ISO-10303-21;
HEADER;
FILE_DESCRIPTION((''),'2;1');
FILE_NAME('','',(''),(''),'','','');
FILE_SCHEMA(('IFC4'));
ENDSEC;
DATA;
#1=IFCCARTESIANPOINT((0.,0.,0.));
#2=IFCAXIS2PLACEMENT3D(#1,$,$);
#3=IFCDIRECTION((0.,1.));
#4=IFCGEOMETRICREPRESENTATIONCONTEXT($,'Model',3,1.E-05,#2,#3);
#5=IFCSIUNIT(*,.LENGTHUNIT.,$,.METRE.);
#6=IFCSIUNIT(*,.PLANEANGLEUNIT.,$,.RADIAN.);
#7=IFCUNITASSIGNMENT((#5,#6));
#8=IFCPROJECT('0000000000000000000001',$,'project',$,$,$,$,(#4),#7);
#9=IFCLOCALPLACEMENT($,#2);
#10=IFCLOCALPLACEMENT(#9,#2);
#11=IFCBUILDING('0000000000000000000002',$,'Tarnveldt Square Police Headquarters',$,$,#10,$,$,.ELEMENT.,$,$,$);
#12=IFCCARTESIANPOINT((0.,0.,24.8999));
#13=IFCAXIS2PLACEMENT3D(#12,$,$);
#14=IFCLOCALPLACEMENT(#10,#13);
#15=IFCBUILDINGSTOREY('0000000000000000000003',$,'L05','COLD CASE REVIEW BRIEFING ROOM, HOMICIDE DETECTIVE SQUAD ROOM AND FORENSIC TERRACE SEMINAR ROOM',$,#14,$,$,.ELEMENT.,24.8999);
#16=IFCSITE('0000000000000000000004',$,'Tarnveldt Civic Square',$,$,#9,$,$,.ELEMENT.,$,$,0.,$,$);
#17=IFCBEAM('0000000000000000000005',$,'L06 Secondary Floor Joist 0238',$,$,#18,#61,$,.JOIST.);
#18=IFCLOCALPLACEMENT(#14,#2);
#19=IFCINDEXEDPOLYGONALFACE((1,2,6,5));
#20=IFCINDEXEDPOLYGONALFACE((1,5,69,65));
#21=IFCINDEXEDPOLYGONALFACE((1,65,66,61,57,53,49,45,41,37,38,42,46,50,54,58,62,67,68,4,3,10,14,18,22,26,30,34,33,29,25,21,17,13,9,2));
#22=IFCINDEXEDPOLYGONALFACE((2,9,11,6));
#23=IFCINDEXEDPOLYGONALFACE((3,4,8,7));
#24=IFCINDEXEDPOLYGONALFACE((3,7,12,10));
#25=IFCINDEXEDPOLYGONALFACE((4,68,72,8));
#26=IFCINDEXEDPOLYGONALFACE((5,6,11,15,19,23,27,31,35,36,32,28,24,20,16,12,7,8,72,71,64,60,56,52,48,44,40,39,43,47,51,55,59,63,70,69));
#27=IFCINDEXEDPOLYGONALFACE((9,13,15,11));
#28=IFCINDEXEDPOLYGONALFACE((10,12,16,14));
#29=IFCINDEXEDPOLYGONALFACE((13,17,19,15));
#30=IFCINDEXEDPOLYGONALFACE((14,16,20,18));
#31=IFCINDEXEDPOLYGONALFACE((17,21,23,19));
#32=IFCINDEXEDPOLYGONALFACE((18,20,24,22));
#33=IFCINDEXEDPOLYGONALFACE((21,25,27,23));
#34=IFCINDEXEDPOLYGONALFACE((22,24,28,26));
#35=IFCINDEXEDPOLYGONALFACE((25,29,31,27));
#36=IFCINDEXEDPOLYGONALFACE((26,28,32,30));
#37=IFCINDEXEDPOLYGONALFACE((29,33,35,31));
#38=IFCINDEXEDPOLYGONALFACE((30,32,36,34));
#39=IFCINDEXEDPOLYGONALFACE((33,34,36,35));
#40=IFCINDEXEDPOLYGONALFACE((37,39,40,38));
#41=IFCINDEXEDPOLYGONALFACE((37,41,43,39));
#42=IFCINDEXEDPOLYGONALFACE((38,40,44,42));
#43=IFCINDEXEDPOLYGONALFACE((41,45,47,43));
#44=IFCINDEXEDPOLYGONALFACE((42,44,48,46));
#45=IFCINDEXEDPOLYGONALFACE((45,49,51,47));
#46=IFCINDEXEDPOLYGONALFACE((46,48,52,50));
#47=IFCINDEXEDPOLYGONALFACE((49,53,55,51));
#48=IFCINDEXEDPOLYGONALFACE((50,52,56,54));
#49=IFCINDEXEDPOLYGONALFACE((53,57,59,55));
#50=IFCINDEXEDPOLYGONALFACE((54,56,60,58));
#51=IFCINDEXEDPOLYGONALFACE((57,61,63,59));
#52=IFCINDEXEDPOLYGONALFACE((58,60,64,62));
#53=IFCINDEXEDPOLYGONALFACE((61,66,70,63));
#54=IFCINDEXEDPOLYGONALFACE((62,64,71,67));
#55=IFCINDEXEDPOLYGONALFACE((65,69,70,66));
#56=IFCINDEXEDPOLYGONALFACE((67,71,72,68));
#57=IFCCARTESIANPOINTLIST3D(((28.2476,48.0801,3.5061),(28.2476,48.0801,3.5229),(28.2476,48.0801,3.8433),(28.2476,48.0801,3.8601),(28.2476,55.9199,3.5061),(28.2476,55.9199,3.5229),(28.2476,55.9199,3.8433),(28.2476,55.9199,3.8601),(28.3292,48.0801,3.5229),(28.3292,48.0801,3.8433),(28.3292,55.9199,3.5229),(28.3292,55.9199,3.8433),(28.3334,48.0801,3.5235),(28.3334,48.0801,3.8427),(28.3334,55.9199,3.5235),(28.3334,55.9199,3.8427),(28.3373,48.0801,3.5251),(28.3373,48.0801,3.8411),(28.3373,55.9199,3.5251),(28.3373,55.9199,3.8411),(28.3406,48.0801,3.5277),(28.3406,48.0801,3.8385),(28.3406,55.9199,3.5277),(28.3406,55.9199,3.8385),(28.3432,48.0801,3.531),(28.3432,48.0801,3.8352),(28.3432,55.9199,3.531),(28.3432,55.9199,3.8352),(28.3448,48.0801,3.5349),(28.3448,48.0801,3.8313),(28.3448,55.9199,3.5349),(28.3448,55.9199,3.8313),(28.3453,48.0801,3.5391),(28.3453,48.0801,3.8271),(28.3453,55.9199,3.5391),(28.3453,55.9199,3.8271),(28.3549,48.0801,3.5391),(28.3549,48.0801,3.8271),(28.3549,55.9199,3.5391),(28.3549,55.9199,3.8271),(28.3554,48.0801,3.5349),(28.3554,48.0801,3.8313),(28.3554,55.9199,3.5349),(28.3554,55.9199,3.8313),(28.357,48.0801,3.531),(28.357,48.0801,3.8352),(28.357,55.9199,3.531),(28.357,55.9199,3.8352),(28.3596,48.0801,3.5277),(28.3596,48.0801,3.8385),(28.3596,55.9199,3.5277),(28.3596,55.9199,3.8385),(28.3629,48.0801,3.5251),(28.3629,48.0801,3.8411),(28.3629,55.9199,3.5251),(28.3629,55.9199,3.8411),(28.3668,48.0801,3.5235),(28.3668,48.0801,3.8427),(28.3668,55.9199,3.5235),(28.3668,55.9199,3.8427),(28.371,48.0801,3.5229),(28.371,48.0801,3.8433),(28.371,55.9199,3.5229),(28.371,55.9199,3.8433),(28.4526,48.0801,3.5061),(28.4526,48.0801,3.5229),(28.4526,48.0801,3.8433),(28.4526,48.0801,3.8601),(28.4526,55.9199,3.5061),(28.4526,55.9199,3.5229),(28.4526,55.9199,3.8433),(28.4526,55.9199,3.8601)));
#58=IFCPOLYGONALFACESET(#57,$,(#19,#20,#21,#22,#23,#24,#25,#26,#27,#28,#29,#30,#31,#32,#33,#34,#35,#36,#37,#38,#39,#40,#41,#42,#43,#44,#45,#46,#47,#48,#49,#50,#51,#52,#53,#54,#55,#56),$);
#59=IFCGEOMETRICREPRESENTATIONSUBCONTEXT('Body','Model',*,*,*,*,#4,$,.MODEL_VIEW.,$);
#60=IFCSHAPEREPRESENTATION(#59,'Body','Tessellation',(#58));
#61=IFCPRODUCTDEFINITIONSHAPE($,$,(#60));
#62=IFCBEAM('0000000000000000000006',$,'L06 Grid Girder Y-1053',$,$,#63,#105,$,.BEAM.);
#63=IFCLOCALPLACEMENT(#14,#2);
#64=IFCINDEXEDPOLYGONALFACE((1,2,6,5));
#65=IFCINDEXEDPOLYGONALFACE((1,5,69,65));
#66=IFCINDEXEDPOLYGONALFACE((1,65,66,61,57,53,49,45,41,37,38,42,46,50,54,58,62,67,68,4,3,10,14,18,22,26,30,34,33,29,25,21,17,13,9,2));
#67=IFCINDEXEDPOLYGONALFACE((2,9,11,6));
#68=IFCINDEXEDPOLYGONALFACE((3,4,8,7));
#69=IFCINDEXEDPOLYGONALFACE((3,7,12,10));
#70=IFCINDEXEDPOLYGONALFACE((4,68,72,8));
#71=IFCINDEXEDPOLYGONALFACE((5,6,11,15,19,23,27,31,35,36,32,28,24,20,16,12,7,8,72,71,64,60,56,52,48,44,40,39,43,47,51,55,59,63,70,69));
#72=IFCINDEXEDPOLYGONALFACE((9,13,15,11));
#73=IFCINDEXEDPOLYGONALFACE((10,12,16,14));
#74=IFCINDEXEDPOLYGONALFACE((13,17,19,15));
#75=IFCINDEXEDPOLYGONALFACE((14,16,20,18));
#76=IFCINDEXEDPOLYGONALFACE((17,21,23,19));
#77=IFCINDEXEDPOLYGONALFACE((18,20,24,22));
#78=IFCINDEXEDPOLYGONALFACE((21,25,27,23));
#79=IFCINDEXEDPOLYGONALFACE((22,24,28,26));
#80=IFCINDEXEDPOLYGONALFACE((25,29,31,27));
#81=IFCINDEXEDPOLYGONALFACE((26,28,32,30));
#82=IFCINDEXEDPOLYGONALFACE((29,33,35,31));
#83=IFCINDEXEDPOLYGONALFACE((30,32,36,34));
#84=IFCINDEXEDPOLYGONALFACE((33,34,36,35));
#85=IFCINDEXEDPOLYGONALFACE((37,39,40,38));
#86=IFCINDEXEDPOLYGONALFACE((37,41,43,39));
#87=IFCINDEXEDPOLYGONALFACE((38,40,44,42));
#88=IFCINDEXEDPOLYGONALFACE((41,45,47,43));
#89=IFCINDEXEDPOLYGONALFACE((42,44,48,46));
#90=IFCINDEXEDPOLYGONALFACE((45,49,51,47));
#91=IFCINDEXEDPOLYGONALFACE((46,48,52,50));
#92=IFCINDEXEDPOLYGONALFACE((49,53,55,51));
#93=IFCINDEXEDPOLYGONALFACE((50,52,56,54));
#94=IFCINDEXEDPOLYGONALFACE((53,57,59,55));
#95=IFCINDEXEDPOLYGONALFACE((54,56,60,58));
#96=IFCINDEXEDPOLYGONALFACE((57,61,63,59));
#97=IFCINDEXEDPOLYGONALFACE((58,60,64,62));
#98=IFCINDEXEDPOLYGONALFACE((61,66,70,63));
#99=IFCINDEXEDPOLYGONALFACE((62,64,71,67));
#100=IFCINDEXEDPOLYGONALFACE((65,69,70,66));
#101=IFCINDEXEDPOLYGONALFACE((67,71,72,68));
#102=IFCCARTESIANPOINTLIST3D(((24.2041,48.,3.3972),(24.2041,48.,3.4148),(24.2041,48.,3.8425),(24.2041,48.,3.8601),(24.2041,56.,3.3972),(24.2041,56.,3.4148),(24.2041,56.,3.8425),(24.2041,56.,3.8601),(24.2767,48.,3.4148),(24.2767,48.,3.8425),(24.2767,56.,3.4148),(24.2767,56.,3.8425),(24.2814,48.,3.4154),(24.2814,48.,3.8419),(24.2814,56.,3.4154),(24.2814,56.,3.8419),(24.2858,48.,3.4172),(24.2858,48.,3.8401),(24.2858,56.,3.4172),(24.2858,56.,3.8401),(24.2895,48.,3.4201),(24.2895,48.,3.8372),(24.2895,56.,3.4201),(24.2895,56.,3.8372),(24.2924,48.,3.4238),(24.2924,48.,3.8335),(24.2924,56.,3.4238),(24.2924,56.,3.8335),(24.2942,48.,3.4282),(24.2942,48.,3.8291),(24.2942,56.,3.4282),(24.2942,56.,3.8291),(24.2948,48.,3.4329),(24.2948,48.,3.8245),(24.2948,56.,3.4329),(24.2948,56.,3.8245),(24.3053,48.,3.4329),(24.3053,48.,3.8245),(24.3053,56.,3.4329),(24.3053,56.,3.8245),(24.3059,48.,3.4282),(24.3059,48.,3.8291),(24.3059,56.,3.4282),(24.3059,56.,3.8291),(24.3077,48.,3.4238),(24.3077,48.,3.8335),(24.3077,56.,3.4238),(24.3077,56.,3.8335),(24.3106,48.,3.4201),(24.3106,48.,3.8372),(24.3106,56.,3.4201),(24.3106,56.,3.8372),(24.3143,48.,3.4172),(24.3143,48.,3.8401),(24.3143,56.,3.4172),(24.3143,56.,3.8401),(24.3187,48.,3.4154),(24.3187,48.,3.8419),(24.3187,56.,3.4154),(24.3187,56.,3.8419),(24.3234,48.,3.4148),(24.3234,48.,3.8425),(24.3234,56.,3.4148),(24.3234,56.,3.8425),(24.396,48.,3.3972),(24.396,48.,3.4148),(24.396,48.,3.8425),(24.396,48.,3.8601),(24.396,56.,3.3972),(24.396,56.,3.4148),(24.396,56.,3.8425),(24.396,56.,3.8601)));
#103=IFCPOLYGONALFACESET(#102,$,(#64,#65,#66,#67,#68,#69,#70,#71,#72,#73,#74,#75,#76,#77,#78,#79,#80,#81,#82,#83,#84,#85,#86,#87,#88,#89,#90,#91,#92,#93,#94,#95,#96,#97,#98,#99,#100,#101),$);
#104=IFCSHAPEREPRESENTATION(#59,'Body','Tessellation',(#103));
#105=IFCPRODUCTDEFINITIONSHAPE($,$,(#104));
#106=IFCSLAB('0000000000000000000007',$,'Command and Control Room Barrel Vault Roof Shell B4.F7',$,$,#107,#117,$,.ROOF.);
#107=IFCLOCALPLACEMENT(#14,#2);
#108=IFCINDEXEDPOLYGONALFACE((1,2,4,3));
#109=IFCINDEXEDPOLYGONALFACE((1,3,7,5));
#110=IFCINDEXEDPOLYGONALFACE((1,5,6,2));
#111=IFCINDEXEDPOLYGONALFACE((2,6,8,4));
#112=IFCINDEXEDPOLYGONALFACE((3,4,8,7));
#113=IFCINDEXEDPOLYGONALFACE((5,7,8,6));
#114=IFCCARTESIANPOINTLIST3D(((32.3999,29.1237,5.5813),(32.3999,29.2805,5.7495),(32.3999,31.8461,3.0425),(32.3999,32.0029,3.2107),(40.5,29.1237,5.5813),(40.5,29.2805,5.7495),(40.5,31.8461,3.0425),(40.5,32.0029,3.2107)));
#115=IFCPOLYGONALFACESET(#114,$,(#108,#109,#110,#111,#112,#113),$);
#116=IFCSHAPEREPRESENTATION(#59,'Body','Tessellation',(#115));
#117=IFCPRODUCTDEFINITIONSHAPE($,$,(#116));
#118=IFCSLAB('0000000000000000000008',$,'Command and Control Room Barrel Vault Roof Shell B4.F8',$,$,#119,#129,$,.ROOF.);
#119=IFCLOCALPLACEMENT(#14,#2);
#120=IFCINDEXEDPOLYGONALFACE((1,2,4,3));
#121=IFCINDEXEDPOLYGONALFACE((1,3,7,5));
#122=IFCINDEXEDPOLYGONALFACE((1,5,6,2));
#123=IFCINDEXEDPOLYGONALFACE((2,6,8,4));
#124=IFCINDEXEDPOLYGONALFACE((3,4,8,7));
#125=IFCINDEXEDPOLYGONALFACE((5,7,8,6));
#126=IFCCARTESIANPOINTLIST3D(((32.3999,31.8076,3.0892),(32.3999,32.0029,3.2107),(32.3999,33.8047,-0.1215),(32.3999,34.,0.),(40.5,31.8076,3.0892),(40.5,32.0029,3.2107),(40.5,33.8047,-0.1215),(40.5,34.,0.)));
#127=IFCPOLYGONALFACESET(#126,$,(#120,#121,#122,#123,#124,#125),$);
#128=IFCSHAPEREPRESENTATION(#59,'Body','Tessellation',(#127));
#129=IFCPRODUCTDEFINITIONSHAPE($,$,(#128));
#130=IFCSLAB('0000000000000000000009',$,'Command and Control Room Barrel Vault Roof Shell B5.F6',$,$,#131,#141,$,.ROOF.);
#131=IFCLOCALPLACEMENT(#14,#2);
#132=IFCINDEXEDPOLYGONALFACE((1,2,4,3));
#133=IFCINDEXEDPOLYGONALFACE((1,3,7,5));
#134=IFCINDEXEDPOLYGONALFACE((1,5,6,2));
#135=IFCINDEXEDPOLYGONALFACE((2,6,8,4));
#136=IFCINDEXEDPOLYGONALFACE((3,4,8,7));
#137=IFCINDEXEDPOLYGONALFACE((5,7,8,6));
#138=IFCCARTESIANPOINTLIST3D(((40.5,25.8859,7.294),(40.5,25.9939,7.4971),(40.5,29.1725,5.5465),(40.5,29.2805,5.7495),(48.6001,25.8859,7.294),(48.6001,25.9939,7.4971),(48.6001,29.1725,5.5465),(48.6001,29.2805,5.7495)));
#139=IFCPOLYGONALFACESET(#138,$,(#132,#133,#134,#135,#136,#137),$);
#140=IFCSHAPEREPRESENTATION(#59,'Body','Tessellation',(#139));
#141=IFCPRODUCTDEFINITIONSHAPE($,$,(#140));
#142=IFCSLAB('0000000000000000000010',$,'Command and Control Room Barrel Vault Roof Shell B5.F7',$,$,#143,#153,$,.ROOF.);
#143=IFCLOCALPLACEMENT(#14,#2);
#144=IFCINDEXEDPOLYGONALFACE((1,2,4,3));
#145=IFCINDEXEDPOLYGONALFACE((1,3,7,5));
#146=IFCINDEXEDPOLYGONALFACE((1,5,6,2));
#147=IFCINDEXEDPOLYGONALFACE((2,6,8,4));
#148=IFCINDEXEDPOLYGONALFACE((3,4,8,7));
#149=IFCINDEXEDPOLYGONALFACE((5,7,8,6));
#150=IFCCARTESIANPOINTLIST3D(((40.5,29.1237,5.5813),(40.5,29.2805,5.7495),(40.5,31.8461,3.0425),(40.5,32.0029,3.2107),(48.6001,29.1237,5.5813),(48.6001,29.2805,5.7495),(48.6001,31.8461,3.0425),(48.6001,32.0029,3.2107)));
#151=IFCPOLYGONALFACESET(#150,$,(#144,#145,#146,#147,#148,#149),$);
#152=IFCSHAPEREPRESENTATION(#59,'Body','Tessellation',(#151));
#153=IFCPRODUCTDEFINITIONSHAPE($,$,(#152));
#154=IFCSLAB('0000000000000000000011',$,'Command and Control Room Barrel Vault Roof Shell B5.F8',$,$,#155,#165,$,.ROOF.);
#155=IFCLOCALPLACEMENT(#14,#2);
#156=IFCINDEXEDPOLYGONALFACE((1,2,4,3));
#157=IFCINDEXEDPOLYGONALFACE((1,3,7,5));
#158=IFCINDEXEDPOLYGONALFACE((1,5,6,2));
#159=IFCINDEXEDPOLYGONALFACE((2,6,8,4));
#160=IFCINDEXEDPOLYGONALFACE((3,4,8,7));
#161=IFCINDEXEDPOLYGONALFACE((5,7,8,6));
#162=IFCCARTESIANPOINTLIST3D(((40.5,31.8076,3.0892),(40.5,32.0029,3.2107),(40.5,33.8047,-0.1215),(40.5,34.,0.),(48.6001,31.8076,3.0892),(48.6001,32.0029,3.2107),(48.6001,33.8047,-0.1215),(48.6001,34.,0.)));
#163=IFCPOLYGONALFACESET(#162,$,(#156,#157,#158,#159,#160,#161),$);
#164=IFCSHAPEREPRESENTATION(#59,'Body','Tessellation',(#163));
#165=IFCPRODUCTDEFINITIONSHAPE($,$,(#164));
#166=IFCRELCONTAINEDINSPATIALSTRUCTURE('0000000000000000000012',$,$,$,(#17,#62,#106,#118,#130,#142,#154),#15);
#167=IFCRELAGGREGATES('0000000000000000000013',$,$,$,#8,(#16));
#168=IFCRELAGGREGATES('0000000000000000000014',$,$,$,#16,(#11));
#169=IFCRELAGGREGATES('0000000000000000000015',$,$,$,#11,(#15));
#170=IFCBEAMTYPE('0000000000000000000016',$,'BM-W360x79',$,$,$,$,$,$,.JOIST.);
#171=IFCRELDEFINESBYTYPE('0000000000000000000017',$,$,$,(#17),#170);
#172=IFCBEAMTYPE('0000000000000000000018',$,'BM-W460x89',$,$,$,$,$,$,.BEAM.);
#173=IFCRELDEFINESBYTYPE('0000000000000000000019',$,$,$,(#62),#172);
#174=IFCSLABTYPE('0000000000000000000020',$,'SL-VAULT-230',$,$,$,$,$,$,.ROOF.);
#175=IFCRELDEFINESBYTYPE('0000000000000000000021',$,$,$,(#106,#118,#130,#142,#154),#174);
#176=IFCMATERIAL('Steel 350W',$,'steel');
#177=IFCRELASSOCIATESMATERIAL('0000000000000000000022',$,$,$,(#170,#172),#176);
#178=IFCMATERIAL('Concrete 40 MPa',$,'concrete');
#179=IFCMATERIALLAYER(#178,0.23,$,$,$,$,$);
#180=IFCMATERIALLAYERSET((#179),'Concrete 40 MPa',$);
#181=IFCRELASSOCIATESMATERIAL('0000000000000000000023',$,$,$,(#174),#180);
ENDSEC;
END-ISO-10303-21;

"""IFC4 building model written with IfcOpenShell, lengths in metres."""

from ifc_helpers import new_model, si_unit, direction, frame, origin, origin_2d, place, context, subcontext, project, spatial, polyline, i_section, outline, extrude, material, layer, layer_set, material_profile, profile_set, type_object, element, save


model = new_model("IFC4")

# Units and contexts
model_context = context("Model", 3, precision=1e-05, world=origin(), true_north=direction((0.0, 1.0)))
body_context = subcontext(model_context, "Body", "Model", "MODEL_VIEW")
ifc_project = project(units=[si_unit("LENGTHUNIT", "METRE"), si_unit("PLANEANGLEUNIT", "RADIAN")], contexts=[model_context])

# Site, building, storey
site_placement = place(None, origin())
site = spatial("IfcSite", under=ifc_project, at=site_placement, Name="Tarnveldt Civic Square", CompositionType="ELEMENT", RefElevation=0.0)
building_placement = place(site_placement, origin())
building = spatial("IfcBuilding", under=site, at=building_placement, Name="Tarnveldt Square Police Headquarters", CompositionType="ELEMENT")
storey_placement = place(building_placement, frame((0.0, 0.0, 24.8999)))
storey = spatial("IfcBuildingStorey", under=building, at=storey_placement, Name="L05", Description="COLD CASE REVIEW BRIEFING ROOM, HOMICIDE DETECTIVE SQUAD ROOM AND FORENSIC TERRACE SEMINAR ROOM", CompositionType="ELEMENT", Elevation=24.8999)

# Shared definitions
ifc_material_1 = material(Name="Concrete 40 MPa", Category="concrete")
ifc_material_2 = material(Name="Steel 350W", Category="steel")

# Beams
ifc_material_profile_1 = material_profile(ifc_material_2, i_section(OverallWidth=0.2051, OverallDepth=0.354, WebThickness=0.0095, FlangeThickness=0.0168, FilletRadius=0.0161, at=origin_2d()), Name="W360x79")
ifc_profile_set_1 = profile_set([ifc_material_profile_1], Name="Steel 350W")
beam_type_1 = type_object("IfcBeamType", Name="BM-W360x79", PredefinedType="JOIST", material=ifc_profile_set_1)
beam_1_placement = place(storey_placement, frame((28.3501, 48.0801, 3.6831), z_axis=(0.0, 1.0, 0.0), x_axis=(-1.0, 0.0, 0.0)))
element("IfcBeam", 1, at=beam_1_placement, inside=storey, type_object=beam_type_1, Name="L06 Secondary Floor Joist 0238", PredefinedType="JOIST", context=body_context, shape_type="SweptSolid", body=[
    extrude(i_section(OverallWidth=0.2051, OverallDepth=0.354, WebThickness=0.0095, FlangeThickness=0.0168, FilletRadius=0.0161, at=origin_2d()), origin(), (0.0, 0.0, 1.0), 7.8398),
])
ifc_material_profile_2 = material_profile(ifc_material_2, i_section(OverallWidth=0.1919, OverallDepth=0.4629, WebThickness=0.0105, FlangeThickness=0.0176, FilletRadius=0.0181, at=origin_2d()), Name="W460x89")
ifc_profile_set_2 = profile_set([ifc_material_profile_2], Name="Steel 350W")
beam_type_2 = type_object("IfcBeamType", Name="BM-W460x89", PredefinedType="BEAM", material=ifc_profile_set_2)
beam_2_placement = place(storey_placement, frame((24.3, 48.0, 3.6287), z_axis=(0.0, 1.0, 0.0), x_axis=(-1.0, 0.0, 0.0)))
element("IfcBeam", 2, at=beam_2_placement, inside=storey, type_object=beam_type_2, Name="L06 Grid Girder Y-1053", PredefinedType="BEAM", context=body_context, shape_type="SweptSolid", body=[
    extrude(i_section(OverallWidth=0.1919, OverallDepth=0.4629, WebThickness=0.0105, FlangeThickness=0.0176, FilletRadius=0.0181, at=origin_2d()), origin(), (0.0, 0.0, 1.0), 8.0),
])

# Slabs
ifc_layer_1 = layer(ifc_material_1, 0.23)
ifc_layer_set_1 = layer_set([ifc_layer_1], Name="Concrete 40 MPa")
slab_type = type_object("IfcSlabType", Name="SL-VAULT-230", PredefinedType="ROOF", material=ifc_layer_set_1)
slab_1_placement = place(storey_placement, frame((32.3999, 29.2805, 5.7495), z_axis=(0.0, 0.682017, 0.731337), x_axis=(1.0, 0.0, 0.0)))
element("IfcSlab", 3, at=slab_1_placement, inside=storey, type_object=slab_type, Name="Command and Control Room Barrel Vault Roof Shell B4.F7", PredefinedType="ROOF", context=body_context, shape_type="SweptSolid", body=[
    extrude(outline(polyline([(0.0, 0.0), (8.1001, 0.0), (8.1001, 3.7225), (0.0, 3.7225), (0.0, 0.0)])), origin(), (0.0, 0.0, -1.0), 0.23),
])
slab_2_placement = place(storey_placement, frame((32.3999, 32.0029, 3.2107), z_axis=(0.0, 0.849139, 0.528169), x_axis=(1.0, 0.0, 0.0)))
element("IfcSlab", 4, at=slab_2_placement, inside=storey, type_object=slab_type, Name="Command and Control Room Barrel Vault Roof Shell B4.F8", PredefinedType="ROOF", context=body_context, shape_type="SweptSolid", body=[
    extrude(outline(polyline([(0.0, 0.0), (8.1001, 0.0), (8.1001, 3.7811), (0.0, 3.7811), (0.0, 0.0)])), origin(), (0.0, 0.0, -1.0), 0.23),
])
slab_3_placement = place(storey_placement, frame((40.5, 25.9939, 7.4971), z_axis=(0.0, 0.469478, 0.882944), x_axis=(1.0, 0.0, 0.0)))
element("IfcSlab", 5, at=slab_3_placement, inside=storey, type_object=slab_type, Name="Command and Control Room Barrel Vault Roof Shell B5.F6", PredefinedType="ROOF", context=body_context, shape_type="SweptSolid", body=[
    extrude(outline(polyline([(0.0, 0.0), (8.1001, 0.0), (8.1001, 3.7223), (0.0, 3.7223), (0.0, 0.0)])), origin(), (0.0, 0.0, -1.0), 0.23),
])
slab_4_placement = place(storey_placement, frame((40.5, 29.2805, 5.7495), z_axis=(0.0, 0.682017, 0.731337), x_axis=(1.0, 0.0, 0.0)))
element("IfcSlab", 6, at=slab_4_placement, inside=storey, type_object=slab_type, Name="Command and Control Room Barrel Vault Roof Shell B5.F7", PredefinedType="ROOF", context=body_context, shape_type="SweptSolid", body=[
    extrude(outline(polyline([(0.0, 0.0), (8.1001, 0.0), (8.1001, 3.7225), (0.0, 3.7225), (0.0, 0.0)])), origin(), (0.0, 0.0, -1.0), 0.23),
])
slab_5_placement = place(storey_placement, frame((40.5, 32.0029, 3.2107), z_axis=(0.0, 0.849139, 0.528169), x_axis=(1.0, 0.0, 0.0)))
element("IfcSlab", 7, at=slab_5_placement, inside=storey, type_object=slab_type, Name="Command and Control Room Barrel Vault Roof Shell B5.F8", PredefinedType="ROOF", context=body_context, shape_type="SweptSolid", body=[
    extrude(outline(polyline([(0.0, 0.0), (8.1001, 0.0), (8.1001, 3.7811), (0.0, 3.7811), (0.0, 0.0)])), origin(), (0.0, 0.0, -1.0), 0.23),
])

save(model, "model.ifc")
